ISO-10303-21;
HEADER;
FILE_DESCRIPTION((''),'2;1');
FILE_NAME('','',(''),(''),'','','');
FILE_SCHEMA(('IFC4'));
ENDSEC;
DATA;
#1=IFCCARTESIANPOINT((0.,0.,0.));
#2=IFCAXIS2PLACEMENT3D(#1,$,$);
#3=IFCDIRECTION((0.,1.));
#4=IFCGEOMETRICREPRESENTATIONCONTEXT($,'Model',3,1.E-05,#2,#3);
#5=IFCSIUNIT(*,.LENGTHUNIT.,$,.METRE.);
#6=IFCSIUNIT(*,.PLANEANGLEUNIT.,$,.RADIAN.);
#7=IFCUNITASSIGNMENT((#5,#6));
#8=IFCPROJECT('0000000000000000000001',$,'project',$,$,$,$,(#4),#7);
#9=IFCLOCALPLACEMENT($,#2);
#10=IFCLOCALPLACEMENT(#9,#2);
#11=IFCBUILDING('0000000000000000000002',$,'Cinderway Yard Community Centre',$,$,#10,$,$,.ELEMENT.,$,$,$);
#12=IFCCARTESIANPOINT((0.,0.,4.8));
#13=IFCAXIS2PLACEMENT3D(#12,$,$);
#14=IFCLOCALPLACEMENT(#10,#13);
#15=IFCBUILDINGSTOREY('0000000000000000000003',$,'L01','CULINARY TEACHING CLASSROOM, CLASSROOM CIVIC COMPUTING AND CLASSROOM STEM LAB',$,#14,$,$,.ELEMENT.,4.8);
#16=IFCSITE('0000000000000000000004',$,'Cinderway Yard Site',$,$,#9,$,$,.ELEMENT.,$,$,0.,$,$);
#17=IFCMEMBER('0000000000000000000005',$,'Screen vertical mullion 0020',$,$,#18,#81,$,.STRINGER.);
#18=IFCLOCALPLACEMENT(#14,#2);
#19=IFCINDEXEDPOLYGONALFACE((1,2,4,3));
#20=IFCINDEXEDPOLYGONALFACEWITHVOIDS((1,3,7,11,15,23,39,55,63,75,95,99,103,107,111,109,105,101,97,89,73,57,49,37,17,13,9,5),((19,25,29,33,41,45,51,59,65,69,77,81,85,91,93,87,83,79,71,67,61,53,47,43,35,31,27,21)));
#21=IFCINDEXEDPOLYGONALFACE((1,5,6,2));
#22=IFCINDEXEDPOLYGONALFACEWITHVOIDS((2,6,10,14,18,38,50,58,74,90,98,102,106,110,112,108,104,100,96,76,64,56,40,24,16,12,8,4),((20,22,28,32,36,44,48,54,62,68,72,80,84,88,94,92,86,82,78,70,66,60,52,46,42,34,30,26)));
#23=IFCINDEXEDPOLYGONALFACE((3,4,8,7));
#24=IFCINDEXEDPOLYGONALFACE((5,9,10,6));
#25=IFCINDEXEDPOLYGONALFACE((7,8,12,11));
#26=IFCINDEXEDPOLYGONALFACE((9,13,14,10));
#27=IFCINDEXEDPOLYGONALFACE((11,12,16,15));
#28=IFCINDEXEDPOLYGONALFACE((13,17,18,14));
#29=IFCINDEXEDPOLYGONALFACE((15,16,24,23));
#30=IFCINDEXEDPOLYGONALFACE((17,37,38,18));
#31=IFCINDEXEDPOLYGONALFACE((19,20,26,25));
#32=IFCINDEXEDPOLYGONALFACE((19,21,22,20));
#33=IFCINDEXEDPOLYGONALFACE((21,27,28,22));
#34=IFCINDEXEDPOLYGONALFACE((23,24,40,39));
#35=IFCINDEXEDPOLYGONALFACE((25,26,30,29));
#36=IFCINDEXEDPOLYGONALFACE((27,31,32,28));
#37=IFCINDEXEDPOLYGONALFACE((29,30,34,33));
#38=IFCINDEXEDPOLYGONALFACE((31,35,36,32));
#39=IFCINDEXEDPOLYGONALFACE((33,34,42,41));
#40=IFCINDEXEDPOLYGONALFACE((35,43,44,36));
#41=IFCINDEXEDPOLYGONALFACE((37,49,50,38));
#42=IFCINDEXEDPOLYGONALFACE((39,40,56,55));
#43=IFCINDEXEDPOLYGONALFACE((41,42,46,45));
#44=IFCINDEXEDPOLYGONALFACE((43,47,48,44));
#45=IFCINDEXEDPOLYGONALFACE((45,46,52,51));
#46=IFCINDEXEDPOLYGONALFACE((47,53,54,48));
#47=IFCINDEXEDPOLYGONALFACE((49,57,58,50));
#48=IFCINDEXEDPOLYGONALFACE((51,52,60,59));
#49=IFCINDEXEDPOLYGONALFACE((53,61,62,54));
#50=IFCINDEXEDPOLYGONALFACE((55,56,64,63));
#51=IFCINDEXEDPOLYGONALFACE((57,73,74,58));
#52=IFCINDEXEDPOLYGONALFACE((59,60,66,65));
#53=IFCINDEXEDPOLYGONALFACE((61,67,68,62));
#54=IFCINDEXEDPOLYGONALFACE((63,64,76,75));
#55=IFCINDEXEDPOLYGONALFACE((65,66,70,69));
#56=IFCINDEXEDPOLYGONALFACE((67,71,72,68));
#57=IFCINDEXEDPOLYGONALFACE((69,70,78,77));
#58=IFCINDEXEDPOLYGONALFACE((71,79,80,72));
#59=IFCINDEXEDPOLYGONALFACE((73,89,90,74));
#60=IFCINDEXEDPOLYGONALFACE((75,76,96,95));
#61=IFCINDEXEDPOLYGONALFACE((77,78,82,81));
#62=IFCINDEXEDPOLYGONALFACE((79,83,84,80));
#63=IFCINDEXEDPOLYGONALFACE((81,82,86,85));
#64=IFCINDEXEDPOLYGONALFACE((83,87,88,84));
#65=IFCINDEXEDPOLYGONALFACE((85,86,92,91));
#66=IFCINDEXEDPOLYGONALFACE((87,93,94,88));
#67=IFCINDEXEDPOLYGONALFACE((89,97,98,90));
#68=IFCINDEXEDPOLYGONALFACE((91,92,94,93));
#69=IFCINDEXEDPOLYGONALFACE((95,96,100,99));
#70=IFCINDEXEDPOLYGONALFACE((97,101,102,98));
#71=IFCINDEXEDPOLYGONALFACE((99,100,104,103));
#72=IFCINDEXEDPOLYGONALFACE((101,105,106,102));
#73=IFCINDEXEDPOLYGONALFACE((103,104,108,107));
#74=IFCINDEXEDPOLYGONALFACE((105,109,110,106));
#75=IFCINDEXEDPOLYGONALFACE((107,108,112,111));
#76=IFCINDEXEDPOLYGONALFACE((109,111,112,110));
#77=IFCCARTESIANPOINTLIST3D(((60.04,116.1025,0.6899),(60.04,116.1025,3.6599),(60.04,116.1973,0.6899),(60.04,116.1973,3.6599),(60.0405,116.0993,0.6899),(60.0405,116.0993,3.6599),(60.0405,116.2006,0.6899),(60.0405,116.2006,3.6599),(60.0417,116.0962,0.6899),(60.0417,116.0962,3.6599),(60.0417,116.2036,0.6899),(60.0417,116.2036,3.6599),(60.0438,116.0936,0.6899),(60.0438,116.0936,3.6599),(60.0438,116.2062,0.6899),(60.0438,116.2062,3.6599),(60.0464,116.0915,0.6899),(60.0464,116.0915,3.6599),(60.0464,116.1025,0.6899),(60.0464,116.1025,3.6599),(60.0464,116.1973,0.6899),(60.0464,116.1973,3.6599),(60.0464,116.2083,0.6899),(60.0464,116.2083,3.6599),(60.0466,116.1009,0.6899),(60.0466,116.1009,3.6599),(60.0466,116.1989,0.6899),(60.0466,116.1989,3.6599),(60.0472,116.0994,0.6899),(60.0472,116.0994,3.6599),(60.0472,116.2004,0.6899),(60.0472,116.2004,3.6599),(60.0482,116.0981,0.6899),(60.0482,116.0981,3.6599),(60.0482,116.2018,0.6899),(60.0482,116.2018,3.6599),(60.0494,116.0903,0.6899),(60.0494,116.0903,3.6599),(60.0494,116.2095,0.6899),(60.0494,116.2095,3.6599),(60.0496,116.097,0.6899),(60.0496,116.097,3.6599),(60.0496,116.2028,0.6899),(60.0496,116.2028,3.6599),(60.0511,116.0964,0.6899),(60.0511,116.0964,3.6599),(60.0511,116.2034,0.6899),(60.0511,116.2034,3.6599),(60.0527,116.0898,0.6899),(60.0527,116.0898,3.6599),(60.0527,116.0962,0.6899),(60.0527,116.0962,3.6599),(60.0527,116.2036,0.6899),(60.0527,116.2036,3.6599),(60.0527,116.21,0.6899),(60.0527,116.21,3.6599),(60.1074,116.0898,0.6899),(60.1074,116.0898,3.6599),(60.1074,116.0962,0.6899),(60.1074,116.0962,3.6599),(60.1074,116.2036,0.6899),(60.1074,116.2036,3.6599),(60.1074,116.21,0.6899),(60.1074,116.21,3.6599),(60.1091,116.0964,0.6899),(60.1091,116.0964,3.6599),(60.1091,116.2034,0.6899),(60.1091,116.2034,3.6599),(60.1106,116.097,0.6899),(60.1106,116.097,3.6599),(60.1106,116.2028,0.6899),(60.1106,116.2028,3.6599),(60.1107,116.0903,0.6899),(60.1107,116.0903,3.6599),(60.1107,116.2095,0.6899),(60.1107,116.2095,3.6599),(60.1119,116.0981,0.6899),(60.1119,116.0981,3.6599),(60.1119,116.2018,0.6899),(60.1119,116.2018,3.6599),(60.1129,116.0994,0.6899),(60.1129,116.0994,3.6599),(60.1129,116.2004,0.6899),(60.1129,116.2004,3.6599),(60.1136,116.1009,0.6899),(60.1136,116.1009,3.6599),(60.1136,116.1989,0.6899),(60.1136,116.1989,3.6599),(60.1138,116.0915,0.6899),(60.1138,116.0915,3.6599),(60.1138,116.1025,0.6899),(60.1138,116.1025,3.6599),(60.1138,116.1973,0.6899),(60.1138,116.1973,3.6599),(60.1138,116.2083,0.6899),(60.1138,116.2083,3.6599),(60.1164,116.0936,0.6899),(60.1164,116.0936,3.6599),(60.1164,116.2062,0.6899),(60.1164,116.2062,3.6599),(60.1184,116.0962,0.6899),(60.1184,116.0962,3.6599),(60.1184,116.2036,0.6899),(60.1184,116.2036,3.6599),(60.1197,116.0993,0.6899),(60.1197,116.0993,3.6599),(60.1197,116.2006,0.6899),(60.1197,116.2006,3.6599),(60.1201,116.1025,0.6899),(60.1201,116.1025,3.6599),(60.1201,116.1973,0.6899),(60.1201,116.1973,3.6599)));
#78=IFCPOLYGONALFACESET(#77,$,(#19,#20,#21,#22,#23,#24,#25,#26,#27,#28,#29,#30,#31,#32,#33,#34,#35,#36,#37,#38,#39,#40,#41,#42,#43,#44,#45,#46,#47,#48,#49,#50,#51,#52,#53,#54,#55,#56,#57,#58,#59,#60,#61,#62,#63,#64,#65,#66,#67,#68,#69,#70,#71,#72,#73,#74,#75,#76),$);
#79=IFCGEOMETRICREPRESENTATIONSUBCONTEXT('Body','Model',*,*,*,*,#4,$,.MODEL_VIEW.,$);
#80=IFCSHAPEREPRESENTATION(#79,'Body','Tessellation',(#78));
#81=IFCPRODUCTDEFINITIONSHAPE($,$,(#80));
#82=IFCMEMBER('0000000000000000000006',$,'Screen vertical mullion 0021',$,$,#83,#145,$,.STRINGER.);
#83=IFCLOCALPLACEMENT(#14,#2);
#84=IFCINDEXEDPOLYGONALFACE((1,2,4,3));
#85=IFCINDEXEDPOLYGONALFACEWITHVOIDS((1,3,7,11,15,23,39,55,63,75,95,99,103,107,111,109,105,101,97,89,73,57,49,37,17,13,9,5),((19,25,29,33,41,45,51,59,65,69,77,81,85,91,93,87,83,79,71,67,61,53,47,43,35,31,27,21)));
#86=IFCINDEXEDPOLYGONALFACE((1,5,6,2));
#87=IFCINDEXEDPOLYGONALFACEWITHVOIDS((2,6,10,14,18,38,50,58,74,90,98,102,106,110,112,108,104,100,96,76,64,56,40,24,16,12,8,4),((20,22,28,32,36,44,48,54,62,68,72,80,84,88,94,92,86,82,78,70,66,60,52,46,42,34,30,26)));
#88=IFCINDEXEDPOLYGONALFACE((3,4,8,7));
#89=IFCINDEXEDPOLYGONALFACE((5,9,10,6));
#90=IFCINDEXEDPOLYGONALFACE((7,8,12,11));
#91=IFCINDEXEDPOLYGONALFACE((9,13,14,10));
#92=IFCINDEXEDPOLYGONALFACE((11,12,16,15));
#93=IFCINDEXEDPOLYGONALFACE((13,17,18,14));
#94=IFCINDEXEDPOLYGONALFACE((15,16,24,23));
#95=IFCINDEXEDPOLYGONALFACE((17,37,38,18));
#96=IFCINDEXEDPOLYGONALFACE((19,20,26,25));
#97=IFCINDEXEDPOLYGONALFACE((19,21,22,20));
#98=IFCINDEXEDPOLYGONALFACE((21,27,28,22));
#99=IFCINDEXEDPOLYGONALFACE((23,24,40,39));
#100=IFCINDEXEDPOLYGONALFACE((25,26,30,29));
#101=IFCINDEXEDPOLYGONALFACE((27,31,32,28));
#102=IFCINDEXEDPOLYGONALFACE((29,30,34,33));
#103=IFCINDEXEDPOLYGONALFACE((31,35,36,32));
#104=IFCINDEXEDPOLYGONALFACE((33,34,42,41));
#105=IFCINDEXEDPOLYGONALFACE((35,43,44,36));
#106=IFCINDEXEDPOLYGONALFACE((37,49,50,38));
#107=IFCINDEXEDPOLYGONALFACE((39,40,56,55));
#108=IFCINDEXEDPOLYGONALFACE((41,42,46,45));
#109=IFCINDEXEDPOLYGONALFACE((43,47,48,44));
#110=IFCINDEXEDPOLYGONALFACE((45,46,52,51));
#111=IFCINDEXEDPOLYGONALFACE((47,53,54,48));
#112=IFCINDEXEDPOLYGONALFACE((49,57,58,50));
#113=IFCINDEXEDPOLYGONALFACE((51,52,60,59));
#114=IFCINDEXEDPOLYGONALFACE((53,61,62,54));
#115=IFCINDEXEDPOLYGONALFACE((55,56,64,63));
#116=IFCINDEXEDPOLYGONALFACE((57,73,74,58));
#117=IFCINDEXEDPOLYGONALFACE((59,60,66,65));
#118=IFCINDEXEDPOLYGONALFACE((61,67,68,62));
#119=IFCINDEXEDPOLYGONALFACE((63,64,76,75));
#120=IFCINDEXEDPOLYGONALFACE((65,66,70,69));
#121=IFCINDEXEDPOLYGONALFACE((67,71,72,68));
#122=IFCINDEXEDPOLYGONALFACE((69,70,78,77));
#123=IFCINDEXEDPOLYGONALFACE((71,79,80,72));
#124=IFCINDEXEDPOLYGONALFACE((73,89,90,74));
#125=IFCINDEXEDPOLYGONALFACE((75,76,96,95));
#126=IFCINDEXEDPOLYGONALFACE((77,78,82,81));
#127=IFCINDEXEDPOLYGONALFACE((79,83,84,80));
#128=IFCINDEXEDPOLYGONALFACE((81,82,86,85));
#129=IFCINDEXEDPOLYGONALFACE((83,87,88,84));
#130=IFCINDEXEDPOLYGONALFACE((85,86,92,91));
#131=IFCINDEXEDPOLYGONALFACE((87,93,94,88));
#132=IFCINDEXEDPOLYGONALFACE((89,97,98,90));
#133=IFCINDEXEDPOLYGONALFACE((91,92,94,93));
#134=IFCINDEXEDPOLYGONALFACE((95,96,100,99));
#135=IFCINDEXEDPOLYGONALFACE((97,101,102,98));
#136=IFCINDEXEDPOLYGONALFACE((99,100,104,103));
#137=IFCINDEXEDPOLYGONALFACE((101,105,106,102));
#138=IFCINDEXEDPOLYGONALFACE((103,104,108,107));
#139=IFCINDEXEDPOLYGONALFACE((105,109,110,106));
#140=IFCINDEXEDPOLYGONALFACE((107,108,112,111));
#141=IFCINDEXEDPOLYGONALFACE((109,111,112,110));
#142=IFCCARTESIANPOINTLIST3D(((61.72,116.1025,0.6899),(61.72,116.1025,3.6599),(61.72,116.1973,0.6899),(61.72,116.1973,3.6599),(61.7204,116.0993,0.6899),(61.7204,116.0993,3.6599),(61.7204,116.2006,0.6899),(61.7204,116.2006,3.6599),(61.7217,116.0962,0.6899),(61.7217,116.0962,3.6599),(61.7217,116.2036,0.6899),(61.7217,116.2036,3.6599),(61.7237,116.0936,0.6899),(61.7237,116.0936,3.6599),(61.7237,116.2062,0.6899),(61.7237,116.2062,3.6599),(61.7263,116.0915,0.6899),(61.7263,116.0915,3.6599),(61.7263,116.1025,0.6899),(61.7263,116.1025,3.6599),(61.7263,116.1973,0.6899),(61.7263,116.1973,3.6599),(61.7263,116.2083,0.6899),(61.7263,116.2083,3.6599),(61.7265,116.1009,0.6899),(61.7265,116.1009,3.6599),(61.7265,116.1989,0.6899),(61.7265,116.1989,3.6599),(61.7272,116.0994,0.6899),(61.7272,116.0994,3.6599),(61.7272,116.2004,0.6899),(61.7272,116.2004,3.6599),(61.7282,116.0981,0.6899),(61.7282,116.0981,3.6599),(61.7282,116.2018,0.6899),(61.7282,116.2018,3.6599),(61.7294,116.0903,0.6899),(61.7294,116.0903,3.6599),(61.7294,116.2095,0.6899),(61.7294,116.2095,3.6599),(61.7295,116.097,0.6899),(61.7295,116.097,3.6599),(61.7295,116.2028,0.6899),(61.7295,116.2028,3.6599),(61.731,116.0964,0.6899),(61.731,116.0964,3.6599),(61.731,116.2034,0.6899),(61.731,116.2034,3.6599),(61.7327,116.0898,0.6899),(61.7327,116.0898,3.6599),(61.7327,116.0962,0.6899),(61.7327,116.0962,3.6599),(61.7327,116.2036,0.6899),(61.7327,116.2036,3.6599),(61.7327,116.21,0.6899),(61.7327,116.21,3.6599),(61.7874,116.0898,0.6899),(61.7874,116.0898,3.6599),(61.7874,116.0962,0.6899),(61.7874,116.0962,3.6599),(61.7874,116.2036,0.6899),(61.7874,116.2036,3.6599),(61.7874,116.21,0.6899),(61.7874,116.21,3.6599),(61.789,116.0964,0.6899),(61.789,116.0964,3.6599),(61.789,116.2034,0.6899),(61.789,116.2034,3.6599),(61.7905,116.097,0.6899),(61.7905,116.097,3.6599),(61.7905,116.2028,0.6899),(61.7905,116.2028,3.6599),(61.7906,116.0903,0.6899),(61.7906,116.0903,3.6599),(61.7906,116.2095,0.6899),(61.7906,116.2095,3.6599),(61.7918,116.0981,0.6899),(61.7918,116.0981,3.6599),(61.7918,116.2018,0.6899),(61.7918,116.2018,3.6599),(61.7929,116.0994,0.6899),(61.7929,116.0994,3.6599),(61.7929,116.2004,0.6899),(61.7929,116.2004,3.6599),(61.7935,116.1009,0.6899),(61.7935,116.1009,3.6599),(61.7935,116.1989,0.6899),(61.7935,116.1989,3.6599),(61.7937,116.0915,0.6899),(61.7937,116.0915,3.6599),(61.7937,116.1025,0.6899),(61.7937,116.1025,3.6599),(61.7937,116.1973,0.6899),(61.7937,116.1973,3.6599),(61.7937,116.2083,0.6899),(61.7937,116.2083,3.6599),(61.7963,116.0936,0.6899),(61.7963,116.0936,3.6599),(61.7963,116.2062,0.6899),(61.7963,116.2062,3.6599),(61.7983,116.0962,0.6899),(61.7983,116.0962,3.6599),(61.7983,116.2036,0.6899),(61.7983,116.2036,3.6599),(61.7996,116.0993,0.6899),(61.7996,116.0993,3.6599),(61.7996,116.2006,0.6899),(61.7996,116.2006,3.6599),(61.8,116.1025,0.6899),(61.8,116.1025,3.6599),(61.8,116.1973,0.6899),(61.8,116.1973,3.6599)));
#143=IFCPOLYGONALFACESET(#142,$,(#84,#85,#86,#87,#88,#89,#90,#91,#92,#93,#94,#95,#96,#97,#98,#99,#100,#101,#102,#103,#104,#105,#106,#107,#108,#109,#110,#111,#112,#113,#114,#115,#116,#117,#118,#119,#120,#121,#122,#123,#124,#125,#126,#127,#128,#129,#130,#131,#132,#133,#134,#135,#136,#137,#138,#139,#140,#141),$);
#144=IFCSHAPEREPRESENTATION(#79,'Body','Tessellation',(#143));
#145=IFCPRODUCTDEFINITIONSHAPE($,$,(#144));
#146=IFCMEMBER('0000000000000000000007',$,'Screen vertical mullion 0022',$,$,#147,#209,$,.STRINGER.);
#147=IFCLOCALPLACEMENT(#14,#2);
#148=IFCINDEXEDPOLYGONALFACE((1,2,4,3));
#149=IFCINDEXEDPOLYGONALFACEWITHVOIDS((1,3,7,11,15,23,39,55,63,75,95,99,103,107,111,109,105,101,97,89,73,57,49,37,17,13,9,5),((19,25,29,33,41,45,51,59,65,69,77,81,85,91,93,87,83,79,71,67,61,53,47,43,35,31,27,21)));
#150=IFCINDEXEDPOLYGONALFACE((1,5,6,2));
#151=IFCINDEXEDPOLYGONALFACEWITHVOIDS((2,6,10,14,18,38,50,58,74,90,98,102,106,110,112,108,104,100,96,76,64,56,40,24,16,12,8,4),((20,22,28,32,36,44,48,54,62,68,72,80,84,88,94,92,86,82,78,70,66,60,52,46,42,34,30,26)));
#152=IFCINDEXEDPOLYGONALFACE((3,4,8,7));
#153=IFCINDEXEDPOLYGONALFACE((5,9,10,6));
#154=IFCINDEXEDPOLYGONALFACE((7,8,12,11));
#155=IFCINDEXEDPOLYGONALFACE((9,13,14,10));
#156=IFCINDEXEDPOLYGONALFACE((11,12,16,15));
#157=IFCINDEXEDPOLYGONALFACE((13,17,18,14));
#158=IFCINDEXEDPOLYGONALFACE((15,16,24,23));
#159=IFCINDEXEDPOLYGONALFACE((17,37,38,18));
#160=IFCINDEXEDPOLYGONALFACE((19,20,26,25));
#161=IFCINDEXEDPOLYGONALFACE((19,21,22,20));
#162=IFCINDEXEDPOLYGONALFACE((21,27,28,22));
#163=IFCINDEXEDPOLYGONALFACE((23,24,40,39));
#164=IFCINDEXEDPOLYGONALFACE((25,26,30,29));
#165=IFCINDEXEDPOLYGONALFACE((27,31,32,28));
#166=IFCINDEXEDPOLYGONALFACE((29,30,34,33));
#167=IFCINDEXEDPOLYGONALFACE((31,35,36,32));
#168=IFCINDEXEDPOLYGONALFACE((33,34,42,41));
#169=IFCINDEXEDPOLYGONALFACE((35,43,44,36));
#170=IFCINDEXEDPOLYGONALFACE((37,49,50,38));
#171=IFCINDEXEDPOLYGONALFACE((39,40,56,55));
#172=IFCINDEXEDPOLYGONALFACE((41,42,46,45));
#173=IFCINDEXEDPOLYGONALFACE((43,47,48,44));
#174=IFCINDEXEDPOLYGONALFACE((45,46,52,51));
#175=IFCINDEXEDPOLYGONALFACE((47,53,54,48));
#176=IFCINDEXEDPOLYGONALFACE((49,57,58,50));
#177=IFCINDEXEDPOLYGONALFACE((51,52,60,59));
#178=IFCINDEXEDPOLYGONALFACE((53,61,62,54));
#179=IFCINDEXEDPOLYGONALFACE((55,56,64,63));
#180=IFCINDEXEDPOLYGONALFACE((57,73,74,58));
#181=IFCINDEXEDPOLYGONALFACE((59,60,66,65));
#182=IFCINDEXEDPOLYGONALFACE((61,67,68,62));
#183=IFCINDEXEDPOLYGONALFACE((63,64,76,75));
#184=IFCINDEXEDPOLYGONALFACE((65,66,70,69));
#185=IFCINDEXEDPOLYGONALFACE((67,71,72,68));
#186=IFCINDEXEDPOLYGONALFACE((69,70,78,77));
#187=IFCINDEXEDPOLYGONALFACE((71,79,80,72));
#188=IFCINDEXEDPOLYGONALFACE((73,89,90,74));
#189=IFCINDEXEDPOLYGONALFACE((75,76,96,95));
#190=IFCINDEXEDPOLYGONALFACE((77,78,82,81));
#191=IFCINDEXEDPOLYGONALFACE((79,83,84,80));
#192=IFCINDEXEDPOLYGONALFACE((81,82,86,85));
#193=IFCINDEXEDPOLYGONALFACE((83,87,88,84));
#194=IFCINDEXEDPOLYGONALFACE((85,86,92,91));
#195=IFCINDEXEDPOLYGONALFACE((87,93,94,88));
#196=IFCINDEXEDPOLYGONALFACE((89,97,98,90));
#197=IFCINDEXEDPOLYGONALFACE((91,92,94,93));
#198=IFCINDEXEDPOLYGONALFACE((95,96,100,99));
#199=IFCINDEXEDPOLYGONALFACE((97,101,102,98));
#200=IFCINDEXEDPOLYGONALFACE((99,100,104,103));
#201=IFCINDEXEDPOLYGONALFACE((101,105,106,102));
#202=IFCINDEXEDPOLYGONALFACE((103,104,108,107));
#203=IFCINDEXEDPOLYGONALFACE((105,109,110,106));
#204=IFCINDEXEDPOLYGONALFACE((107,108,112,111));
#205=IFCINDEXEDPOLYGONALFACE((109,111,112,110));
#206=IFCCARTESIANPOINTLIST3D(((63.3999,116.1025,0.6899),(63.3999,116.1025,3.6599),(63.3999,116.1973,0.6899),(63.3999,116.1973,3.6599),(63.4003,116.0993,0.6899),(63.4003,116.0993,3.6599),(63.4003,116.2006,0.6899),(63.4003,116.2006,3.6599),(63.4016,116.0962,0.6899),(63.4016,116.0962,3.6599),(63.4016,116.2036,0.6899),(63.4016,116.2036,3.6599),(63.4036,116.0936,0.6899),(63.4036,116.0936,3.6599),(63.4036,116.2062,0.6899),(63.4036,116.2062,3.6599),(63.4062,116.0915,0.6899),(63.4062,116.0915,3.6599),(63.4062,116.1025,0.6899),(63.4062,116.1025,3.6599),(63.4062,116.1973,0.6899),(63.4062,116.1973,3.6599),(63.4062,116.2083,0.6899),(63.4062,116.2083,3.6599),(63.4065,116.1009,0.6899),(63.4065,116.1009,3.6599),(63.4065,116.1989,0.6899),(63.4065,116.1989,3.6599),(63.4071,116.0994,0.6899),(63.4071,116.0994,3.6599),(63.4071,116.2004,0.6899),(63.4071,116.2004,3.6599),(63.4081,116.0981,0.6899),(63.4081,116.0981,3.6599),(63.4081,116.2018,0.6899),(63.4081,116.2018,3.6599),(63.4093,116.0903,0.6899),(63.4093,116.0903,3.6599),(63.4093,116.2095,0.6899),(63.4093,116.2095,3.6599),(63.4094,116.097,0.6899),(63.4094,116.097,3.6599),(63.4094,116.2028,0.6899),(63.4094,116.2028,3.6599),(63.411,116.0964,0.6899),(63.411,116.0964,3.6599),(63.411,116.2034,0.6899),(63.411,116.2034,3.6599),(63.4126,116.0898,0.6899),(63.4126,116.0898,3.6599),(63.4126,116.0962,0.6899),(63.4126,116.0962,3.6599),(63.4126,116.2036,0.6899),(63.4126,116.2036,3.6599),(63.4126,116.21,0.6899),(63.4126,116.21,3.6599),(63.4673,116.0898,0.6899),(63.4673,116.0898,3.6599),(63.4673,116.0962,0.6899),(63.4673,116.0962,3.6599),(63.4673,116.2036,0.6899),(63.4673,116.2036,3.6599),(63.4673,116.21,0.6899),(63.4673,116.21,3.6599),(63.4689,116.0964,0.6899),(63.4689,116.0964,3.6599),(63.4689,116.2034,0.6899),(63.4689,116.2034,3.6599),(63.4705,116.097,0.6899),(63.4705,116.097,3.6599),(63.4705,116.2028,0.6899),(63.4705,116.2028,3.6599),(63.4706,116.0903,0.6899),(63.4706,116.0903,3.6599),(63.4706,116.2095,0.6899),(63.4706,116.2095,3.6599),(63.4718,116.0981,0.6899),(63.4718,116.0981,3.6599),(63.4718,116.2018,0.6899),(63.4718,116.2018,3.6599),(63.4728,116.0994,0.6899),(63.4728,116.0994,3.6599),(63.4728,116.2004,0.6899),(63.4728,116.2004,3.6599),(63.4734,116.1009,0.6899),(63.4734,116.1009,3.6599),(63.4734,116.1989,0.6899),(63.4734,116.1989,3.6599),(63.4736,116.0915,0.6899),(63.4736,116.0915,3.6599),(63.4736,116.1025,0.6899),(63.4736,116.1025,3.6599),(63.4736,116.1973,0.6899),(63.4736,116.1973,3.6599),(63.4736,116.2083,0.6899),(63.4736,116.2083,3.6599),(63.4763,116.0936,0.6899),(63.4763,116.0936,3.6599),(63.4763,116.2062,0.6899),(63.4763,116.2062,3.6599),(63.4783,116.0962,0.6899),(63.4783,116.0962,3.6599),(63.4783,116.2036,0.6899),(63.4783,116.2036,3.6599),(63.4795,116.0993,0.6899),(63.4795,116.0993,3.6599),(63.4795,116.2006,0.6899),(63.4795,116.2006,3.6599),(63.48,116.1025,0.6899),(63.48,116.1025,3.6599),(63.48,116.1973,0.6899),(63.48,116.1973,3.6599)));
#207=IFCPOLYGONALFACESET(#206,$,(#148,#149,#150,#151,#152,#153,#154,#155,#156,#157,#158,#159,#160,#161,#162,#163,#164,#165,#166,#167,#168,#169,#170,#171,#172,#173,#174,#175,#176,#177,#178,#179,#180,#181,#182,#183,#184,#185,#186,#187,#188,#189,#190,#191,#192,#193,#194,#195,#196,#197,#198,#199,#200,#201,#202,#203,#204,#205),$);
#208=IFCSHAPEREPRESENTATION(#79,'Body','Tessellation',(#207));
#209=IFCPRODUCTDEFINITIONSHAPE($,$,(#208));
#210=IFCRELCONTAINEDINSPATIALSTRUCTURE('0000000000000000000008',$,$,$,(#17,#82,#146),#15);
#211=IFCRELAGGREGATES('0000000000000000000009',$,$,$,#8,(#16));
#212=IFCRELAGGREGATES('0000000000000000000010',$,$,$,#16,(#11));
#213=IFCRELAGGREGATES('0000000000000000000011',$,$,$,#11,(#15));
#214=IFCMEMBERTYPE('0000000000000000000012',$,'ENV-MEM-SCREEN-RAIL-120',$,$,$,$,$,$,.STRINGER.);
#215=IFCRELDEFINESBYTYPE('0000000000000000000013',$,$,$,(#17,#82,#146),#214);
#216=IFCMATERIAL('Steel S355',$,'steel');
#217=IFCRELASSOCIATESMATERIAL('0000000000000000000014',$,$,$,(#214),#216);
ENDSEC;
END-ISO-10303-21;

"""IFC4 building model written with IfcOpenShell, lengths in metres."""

from ifc_helpers import new_model, si_unit, direction, frame, origin, origin_2d, place, context, subcontext, project, spatial, hollow_rectangle, extrude, material, material_profile, profile_set, type_object, element, save


model = new_model("IFC4")

# Units and contexts
model_context = context("Model", 3, precision=1e-05, world=origin(), true_north=direction((0.0, 1.0)))
body_context = subcontext(model_context, "Body", "Model", "MODEL_VIEW")
ifc_project = project(units=[si_unit("LENGTHUNIT", "METRE"), si_unit("PLANEANGLEUNIT", "RADIAN")], contexts=[model_context])

# Site, building, storey
site_placement = place(None, origin())
site = spatial("IfcSite", under=ifc_project, at=site_placement, Name="Cinderway Yard Site", CompositionType="ELEMENT", RefElevation=0.0)
building_placement = place(site_placement, origin())
building = spatial("IfcBuilding", under=site, at=building_placement, Name="Cinderway Yard Community Centre", CompositionType="ELEMENT")
storey_placement = place(building_placement, frame((0.0, 0.0, 4.8)))
storey = spatial("IfcBuildingStorey", under=building, at=storey_placement, Name="L01", Description="CULINARY TEACHING CLASSROOM, CLASSROOM CIVIC COMPUTING AND CLASSROOM STEM LAB", CompositionType="ELEMENT", Elevation=4.8)

# Members
ifc_material_1 = material(Name="Steel S355", Category="steel")
ifc_material_profile_1 = material_profile(ifc_material_1, hollow_rectangle(XDim=0.0801, YDim=0.1201, WallThickness=0.0063, InnerFilletRadius=0.0063, OuterFilletRadius=0.0127, at=origin_2d()), Name="Steel S355")
ifc_profile_set_1 = profile_set([ifc_material_profile_1], Name="Steel S355")
member_type_1 = type_object("IfcMemberType", Name="ENV-MEM-SCREEN-RAIL-120", PredefinedType="STRINGER", material=ifc_profile_set_1)
for number, where, z_axis, x_axis, name in (
    (1, (60.0801, 116.1499, 0.6899), (0.0, 0.0, 1.0), (1.0, 0.0, 0.0), "Screen vertical mullion 0020"),
    (2, (61.76, 116.1499, 0.6899), (0.0, 0.0, 1.0), (1.0, 0.0, 0.0), "Screen vertical mullion 0021"),
    (3, (63.4399, 116.1499, 0.6899), (0.0, 0.0, 1.0), (1.0, 0.0, 0.0), "Screen vertical mullion 0022"),
):
    element("IfcMember", number, at=place(storey_placement, frame(where, z_axis=z_axis, x_axis=x_axis)), inside=storey, type_object=member_type_1, Name=name, PredefinedType="STRINGER", context=body_context, shape_type="SweptSolid", body=[
        extrude(hollow_rectangle(XDim=0.0801, YDim=0.1201, WallThickness=0.0063, InnerFilletRadius=0.0063, OuterFilletRadius=0.0127, at=origin_2d()), origin(), (0.0, 0.0, 1.0), 2.97),
    ])

save(model, "model.ifc")
